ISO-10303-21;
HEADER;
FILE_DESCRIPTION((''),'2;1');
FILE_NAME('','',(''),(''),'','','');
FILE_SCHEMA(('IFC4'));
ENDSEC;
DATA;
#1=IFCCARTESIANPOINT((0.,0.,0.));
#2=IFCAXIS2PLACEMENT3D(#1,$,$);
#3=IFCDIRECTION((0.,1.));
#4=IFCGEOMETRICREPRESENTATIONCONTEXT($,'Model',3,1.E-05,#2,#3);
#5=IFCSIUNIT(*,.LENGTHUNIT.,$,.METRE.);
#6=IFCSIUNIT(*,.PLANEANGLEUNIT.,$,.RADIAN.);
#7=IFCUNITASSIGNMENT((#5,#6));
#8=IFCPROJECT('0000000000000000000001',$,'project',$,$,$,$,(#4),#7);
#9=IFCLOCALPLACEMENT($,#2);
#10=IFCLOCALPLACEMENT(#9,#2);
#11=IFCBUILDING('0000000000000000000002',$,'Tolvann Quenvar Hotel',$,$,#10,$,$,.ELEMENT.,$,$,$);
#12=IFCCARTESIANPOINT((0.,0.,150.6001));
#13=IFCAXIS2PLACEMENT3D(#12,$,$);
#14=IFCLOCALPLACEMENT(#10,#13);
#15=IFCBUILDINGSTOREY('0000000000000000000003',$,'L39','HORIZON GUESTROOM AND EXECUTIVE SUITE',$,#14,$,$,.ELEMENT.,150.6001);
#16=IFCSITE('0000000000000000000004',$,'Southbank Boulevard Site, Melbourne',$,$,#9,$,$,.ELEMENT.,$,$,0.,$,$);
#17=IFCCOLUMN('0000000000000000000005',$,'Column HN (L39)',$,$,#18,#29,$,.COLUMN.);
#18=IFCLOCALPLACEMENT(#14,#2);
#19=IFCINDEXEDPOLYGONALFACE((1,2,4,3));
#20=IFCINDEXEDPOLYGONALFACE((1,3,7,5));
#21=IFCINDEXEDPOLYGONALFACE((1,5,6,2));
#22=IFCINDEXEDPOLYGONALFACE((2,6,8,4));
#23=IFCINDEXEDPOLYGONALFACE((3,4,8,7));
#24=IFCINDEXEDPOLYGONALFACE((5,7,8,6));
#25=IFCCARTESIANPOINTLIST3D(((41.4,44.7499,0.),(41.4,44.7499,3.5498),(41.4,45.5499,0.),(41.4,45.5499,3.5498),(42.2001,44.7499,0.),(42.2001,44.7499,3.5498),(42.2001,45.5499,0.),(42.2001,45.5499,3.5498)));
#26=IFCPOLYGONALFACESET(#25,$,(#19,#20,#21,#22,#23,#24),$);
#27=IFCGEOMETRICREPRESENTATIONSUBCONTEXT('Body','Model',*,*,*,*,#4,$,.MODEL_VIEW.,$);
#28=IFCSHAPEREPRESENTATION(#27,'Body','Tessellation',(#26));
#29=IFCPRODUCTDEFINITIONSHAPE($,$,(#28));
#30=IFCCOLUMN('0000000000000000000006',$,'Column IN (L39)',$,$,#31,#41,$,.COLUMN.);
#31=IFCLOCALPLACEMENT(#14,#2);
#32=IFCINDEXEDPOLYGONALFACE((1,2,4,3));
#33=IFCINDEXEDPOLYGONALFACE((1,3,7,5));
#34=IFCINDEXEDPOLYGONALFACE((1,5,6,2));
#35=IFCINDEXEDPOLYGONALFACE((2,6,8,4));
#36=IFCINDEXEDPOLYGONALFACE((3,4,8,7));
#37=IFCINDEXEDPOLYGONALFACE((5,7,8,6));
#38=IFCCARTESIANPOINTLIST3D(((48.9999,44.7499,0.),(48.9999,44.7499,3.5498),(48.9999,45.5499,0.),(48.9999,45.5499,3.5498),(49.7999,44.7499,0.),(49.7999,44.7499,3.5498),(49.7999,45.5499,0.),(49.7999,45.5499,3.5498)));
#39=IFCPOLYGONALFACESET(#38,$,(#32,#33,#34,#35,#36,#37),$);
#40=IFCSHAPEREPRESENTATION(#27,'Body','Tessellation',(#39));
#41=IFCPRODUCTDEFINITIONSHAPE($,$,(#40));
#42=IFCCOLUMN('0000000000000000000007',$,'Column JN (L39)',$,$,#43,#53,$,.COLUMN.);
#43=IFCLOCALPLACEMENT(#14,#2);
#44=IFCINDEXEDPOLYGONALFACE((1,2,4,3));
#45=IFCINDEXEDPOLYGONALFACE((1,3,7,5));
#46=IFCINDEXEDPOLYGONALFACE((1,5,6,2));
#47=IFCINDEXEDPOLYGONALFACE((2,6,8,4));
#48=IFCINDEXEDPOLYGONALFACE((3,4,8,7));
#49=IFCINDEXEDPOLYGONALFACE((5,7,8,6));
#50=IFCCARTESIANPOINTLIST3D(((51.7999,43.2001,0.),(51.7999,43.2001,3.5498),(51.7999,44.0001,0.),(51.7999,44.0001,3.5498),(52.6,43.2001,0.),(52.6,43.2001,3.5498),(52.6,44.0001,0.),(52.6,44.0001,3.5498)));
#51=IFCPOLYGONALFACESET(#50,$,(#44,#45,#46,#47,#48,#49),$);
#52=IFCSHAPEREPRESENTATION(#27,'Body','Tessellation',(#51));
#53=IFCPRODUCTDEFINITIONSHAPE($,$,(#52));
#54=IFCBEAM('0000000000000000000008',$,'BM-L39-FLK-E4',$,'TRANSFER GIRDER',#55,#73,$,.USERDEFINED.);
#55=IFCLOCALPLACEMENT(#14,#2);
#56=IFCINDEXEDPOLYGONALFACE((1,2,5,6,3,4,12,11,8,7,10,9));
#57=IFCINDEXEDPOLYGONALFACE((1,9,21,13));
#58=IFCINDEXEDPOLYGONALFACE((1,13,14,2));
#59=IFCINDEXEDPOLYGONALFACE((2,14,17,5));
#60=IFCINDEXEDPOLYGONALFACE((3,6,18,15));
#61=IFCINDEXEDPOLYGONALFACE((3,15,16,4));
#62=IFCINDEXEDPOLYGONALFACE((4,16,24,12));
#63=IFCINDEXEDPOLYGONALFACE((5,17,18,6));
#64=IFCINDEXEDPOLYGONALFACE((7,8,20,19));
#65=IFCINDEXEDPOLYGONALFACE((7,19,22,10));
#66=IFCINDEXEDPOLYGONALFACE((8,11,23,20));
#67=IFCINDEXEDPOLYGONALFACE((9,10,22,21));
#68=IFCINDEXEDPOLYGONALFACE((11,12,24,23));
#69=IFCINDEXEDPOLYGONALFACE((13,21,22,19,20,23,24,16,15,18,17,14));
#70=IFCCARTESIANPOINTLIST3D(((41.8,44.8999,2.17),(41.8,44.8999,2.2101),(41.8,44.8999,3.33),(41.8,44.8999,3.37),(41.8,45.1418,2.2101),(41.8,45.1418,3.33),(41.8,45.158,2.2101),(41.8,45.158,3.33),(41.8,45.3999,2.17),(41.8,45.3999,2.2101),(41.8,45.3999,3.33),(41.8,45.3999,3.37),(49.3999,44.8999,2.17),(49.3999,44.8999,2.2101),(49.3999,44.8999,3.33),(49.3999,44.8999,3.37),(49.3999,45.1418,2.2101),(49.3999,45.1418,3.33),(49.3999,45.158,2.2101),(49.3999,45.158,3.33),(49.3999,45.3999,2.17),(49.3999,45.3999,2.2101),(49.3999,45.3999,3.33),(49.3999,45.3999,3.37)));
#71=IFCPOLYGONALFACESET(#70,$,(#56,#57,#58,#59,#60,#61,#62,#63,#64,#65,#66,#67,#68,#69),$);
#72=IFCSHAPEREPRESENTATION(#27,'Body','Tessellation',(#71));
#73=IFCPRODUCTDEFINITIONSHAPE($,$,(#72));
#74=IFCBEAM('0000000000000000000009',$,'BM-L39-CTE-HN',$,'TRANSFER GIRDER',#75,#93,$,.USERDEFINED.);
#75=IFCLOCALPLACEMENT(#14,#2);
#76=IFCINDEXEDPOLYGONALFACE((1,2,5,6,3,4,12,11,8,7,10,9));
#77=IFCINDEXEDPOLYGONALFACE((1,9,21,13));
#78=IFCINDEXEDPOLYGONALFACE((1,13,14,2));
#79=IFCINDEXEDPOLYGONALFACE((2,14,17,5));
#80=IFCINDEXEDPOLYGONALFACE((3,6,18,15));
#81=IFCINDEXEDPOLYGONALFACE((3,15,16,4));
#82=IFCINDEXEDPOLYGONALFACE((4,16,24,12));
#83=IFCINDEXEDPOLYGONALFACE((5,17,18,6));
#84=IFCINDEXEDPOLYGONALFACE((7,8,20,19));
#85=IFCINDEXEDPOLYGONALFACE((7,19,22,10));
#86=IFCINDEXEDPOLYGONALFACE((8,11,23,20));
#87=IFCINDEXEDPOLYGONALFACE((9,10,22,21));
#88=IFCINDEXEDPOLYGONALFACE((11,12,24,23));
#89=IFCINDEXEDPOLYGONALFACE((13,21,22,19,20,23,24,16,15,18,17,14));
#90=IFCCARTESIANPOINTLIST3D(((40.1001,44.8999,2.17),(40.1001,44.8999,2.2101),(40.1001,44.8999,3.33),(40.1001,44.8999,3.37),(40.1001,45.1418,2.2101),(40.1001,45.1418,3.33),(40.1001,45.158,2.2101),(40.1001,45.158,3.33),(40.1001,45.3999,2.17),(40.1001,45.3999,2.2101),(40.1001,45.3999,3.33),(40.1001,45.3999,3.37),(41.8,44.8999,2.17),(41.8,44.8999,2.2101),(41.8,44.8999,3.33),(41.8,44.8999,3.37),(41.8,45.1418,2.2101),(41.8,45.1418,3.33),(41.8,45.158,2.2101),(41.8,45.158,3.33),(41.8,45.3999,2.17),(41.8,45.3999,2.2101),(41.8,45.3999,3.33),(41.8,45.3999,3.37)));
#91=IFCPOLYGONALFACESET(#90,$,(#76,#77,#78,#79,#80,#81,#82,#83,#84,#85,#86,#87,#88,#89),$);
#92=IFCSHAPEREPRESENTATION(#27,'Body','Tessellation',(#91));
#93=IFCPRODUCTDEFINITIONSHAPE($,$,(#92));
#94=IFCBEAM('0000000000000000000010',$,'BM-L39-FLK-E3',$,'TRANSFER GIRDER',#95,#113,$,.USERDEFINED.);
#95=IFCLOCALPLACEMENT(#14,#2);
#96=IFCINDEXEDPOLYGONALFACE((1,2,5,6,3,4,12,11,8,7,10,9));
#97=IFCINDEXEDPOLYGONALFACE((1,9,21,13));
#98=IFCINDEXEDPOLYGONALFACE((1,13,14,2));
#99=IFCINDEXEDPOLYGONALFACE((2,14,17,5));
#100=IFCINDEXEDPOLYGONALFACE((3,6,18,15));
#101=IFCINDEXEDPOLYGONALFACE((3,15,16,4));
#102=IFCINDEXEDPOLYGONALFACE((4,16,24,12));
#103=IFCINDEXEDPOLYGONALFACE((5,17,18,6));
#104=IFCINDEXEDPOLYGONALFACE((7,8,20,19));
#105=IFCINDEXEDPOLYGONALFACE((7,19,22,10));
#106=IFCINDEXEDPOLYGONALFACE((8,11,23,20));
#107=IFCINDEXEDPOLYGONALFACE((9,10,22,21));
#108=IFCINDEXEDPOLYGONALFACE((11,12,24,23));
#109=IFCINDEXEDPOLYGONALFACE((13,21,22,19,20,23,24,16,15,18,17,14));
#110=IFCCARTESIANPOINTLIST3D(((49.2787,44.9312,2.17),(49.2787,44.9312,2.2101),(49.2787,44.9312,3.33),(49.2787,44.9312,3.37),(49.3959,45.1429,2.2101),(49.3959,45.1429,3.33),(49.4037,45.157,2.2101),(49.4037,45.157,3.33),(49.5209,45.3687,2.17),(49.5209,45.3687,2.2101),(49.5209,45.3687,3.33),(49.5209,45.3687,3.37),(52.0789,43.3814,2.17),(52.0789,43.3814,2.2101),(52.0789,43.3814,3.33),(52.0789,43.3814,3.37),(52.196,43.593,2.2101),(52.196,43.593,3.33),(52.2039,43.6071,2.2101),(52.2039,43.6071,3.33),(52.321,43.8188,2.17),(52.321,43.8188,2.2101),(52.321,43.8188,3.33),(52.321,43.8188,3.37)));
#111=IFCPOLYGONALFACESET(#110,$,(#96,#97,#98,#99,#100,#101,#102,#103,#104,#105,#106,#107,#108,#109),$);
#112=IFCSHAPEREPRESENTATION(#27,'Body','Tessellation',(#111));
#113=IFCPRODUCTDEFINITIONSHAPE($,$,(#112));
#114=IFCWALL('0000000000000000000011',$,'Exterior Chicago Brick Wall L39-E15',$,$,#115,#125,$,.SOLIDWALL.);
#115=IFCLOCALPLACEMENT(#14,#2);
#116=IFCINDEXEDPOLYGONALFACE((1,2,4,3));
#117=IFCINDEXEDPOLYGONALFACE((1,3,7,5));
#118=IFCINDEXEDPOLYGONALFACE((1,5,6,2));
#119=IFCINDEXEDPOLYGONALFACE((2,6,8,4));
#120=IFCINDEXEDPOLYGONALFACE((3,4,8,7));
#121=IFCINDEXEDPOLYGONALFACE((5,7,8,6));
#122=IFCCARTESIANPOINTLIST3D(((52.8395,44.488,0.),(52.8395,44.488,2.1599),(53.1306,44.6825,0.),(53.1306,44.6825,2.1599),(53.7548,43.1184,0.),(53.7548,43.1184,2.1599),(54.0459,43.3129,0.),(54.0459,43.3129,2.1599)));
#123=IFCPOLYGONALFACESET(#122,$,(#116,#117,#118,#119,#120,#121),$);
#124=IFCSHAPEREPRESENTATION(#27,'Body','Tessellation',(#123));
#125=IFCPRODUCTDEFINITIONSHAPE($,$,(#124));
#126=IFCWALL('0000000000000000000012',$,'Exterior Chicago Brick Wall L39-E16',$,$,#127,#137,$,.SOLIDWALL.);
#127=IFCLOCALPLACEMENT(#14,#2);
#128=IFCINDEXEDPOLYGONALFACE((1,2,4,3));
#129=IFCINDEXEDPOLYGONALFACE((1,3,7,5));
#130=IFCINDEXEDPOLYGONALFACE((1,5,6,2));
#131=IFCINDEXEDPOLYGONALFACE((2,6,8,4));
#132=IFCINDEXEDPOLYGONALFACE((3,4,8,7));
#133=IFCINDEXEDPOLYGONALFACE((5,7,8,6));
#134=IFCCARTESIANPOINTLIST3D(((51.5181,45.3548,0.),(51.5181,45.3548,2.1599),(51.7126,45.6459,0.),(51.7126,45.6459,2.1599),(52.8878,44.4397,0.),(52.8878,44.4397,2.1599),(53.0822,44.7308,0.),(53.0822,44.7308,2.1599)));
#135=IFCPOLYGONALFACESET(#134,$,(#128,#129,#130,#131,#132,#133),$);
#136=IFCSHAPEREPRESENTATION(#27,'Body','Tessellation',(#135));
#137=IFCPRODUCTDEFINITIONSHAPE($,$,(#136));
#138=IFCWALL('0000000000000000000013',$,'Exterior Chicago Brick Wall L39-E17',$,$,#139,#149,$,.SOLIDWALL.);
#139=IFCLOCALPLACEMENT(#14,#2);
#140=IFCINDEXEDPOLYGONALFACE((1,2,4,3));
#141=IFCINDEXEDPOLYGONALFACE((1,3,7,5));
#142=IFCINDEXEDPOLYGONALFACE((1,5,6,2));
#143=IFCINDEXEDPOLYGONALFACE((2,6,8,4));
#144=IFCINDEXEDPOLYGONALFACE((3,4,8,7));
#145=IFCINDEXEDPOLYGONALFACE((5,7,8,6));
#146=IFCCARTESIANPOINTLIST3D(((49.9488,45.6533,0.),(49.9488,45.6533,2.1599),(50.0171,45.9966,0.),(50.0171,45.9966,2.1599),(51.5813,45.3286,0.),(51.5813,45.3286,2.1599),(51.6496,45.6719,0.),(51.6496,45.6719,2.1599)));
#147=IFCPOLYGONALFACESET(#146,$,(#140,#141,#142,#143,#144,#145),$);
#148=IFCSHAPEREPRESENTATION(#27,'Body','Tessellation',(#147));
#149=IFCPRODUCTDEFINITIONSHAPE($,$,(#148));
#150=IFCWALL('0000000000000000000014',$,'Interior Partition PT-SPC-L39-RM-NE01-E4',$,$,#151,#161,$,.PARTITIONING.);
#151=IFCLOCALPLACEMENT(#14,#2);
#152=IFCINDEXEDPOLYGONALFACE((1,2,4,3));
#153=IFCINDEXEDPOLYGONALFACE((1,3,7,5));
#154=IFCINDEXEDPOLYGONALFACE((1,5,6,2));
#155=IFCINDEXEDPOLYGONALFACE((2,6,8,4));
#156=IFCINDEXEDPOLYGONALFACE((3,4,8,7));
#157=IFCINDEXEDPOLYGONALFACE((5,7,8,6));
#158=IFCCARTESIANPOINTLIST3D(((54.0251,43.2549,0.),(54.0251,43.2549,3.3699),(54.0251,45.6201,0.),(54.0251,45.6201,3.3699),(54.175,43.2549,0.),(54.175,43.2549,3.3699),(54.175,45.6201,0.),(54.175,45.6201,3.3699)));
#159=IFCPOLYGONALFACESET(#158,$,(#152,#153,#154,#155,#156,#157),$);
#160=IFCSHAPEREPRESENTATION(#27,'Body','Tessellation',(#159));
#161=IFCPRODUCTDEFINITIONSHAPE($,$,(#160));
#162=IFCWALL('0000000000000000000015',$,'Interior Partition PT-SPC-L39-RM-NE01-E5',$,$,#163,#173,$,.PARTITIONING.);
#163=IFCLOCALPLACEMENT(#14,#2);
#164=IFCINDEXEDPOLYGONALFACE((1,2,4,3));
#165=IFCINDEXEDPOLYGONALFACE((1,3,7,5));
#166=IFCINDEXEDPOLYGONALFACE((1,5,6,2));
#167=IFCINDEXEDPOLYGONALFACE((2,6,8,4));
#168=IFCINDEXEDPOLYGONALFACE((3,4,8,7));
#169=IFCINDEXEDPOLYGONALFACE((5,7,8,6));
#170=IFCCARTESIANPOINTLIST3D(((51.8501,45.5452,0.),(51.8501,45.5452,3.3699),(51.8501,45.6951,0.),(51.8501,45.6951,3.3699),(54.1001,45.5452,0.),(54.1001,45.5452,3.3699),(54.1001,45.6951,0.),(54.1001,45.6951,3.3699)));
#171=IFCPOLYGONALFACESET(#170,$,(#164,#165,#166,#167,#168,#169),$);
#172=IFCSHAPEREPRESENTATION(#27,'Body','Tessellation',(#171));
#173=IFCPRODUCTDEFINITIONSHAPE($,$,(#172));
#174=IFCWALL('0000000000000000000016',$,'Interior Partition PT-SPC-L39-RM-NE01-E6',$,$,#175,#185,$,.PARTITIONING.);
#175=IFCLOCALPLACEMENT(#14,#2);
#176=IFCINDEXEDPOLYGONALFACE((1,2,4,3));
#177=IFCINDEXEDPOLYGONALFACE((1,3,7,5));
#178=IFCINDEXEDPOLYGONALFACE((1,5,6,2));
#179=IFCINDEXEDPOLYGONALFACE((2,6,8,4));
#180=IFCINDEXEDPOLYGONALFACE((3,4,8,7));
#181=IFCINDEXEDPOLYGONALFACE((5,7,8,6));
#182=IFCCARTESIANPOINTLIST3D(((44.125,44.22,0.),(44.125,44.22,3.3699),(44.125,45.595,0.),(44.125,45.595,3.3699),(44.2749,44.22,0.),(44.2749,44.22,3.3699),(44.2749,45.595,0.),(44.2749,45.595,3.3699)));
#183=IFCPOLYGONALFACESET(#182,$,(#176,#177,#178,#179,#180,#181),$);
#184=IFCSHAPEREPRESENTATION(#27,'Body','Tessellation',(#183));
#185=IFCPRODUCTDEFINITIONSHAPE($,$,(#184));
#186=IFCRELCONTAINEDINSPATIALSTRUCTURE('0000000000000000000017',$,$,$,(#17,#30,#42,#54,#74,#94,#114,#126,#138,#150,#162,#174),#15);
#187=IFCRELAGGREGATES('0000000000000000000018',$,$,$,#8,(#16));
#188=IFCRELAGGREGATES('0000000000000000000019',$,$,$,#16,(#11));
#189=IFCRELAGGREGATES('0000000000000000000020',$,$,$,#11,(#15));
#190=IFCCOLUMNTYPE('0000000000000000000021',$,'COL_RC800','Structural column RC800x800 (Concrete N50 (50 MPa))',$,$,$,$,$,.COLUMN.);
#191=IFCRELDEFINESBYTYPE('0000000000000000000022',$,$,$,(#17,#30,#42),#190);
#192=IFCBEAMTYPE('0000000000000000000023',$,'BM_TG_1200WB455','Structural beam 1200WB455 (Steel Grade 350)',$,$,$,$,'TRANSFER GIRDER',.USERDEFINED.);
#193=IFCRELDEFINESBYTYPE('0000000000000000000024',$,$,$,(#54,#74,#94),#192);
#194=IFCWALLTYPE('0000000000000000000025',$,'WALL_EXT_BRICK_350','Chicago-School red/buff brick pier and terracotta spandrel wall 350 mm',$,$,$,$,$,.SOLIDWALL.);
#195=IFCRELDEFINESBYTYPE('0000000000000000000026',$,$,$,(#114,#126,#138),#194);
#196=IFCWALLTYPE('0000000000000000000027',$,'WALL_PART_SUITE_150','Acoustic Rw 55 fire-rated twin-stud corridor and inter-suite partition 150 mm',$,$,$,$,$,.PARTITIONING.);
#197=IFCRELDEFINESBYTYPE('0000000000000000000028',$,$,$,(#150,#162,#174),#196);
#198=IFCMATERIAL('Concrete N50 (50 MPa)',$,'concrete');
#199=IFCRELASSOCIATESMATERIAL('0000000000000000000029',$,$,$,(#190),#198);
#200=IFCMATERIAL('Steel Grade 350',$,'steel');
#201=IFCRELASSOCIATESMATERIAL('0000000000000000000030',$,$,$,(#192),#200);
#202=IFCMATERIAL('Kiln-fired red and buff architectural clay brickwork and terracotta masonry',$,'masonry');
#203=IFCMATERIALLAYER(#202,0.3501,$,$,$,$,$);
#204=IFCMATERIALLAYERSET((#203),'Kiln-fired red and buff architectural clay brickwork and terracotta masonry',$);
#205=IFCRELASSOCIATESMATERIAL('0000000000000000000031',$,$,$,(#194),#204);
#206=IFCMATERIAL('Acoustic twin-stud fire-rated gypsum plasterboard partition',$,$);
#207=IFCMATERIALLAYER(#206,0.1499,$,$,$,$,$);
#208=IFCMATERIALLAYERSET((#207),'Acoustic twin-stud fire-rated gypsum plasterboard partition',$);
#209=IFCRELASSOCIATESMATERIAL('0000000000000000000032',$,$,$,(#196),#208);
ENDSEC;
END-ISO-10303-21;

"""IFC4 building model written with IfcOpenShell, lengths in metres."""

from ifc_helpers import new_model, si_unit, direction, frame, frame_2d, origin, origin_2d, place, context, subcontext, project, spatial, rectangle, i_section, extrude, source, transform, mapped, material, layer, layer_set, material_profile, profile_set, type_object, type_shapes, element, save


model = new_model("IFC4")

# Units and contexts
model_context = context("Model", 3, precision=1e-05, world=origin(), true_north=direction((0.0, 1.0)))
body_context = subcontext(model_context, "Body", "Model", "MODEL_VIEW")
ifc_project = project(units=[si_unit("LENGTHUNIT", "METRE"), si_unit("PLANEANGLEUNIT", "RADIAN")], contexts=[model_context])

# Site, building, storey
site_placement = place(None, origin())
site = spatial("IfcSite", under=ifc_project, at=site_placement, Name="Southbank Boulevard Site, Melbourne", CompositionType="ELEMENT", RefElevation=0.0)
building_placement = place(site_placement, origin())
building = spatial("IfcBuilding", under=site, at=building_placement, Name="Tolvann Quenvar Hotel", CompositionType="ELEMENT")
storey_placement = place(building_placement, frame((0.0, 0.0, 150.6001)))
storey = spatial("IfcBuildingStorey", under=building, at=storey_placement, Name="L39", Description="HORIZON GUESTROOM AND EXECUTIVE SUITE", CompositionType="ELEMENT", Elevation=150.6001)

# Columns
ifc_material_1 = material(Name="Concrete N50 (50 MPa)", Category="concrete")
ifc_material_profile_1 = material_profile(ifc_material_1, rectangle(XDim=0.8, YDim=0.8, at=origin_2d()), Name="RC800x800")
ifc_profile_set_1 = profile_set([ifc_material_profile_1], Name="Concrete N50 (50 MPa)")
column_type = type_object("IfcColumnType", Name="COL_RC800", Description="Structural column RC800x800 (Concrete N50 (50 MPa))", PredefinedType="COLUMN", material=ifc_profile_set_1)
shared_shape_1 = source(origin(), body_context, "Body", "SweptSolid", [
    extrude(rectangle(XDim=0.8, YDim=0.8, at=origin_2d()), origin(), (0.0, 0.0, 1.0), 3.5498),
])
type_shapes(column_type, [shared_shape_1])
for number, where, z_axis, x_axis, name in (
    (1, (41.8, 45.1499, 0.0), (0.0, 0.0, 1.0), (1.0, 0.0, 0.0), "Column HN (L39)"),
    (2, (49.3999, 45.1499, 0.0), (0.0, 0.0, 1.0), (1.0, 0.0, 0.0), "Column IN (L39)"),
    (3, (52.2, 43.6001, 0.0), (0.0, 0.0, 1.0), (1.0, 0.0, 0.0), "Column JN (L39)"),
):
    element("IfcColumn", number, at=place(storey_placement, frame(where, z_axis=z_axis, x_axis=x_axis)), inside=storey, type_object=column_type, Name=name, PredefinedType="COLUMN", context=body_context, shape_type="MappedRepresentation", body=[
        mapped(shared_shape_1, transform((0.0, 0.0, 0.0), x_axis=(1.0, 0.0, 0.0), y_axis=(0.0, 1.0, 0.0), z_axis=(0.0, 0.0, 1.0), scale=1.0)),
    ])

# Beams
ifc_material_2 = material(Name="Steel Grade 350", Category="steel")
ifc_material_profile_2 = material_profile(ifc_material_2, i_section(OverallWidth=0.5, OverallDepth=1.2, WebThickness=0.0161, FlangeThickness=0.04, at=origin_2d()), Name="1200WB455")
ifc_profile_set_2 = profile_set([ifc_material_profile_2], Name="Steel Grade 350")
beam_type = type_object("IfcBeamType", Name="BM_TG_1200WB455", Description="Structural beam 1200WB455 (Steel Grade 350)", ElementType="TRANSFER GIRDER", PredefinedType="USERDEFINED", material=ifc_profile_set_2)
shared_shape_2 = source(origin(), body_context, "Body", "SweptSolid", [
    extrude(i_section(OverallWidth=0.5, OverallDepth=1.2, WebThickness=0.0161, FlangeThickness=0.04, at=origin_2d()), origin(), (0.0, 0.0, 1.0), 7.5999),
])
beam_1_placement = place(storey_placement, frame((49.3999, 45.1499, 2.77), z_axis=(-1.0, 0.0, 0.0), x_axis=(0.0, -1.0, 0.0)))
element("IfcBeam", 4, at=beam_1_placement, inside=storey, type_object=beam_type, Name="BM-L39-FLK-E4", ObjectType="TRANSFER GIRDER", PredefinedType="USERDEFINED", context=body_context, shape_type="MappedRepresentation", body=[
    mapped(shared_shape_2, transform((0.0, 0.0, 0.0), x_axis=(1.0, 0.0, 0.0), y_axis=(0.0, 1.0, 0.0), z_axis=(0.0, 0.0, 1.0), scale=1.0)),
])
shared_shape_3 = source(origin(), body_context, "Body", "SweptSolid", [
    extrude(i_section(OverallWidth=0.5, OverallDepth=1.2, WebThickness=0.0161, FlangeThickness=0.04, at=origin_2d()), origin(), (0.0, 0.0, 1.0), 1.7),
])
beam_2_placement = place(storey_placement, frame((40.1001, 45.1499, 2.77), z_axis=(1.0, 0.0, 0.0), x_axis=(0.0, 1.0, 0.0)))
element("IfcBeam", 5, at=beam_2_placement, inside=storey, type_object=beam_type, Name="BM-L39-CTE-HN", ObjectType="TRANSFER GIRDER", PredefinedType="USERDEFINED", context=body_context, shape_type="MappedRepresentation", body=[
    mapped(shared_shape_3, transform((0.0, 0.0, 0.0), x_axis=(1.0, 0.0, 0.0), y_axis=(0.0, 1.0, 0.0), z_axis=(0.0, 0.0, 1.0), scale=1.0)),
])
shared_shape_4 = source(origin(), body_context, "Body", "SweptSolid", [
    extrude(i_section(OverallWidth=0.5, OverallDepth=1.2, WebThickness=0.0161, FlangeThickness=0.04, at=origin_2d()), origin(), (0.0, 0.0, 1.0), 3.2004),
])
type_shapes(beam_type, [shared_shape_2, shared_shape_3, shared_shape_4])
beam_3_placement = place(storey_placement, frame((52.2, 43.6001, 2.77), z_axis=(-0.874923, 0.484263, 0.0), x_axis=(-0.484263, -0.874923, 0.0)))
element("IfcBeam", 6, at=beam_3_placement, inside=storey, type_object=beam_type, Name="BM-L39-FLK-E3", ObjectType="TRANSFER GIRDER", PredefinedType="USERDEFINED", context=body_context, shape_type="MappedRepresentation", body=[
    mapped(shared_shape_4, transform((0.0, 0.0, 0.0), x_axis=(1.0, 0.0, 0.0), y_axis=(0.0, 1.0, 0.0), z_axis=(0.0, 0.0, 1.0), scale=1.0)),
])

# Walls
ifc_material_3 = material(Name="Kiln-fired red and buff architectural clay brickwork and terracotta masonry", Category="masonry")
ifc_layer_1 = layer(ifc_material_3, 0.3501)
ifc_layer_set_1 = layer_set([ifc_layer_1], Name="Kiln-fired red and buff architectural clay brickwork and terracotta masonry")
wall_type_1 = type_object("IfcWallType", Name="WALL_EXT_BRICK_350", Description="Chicago-School red/buff brick pier and terracotta spandrel wall 350 mm", PredefinedType="SOLIDWALL", material=ifc_layer_set_1)
for number, where, z_axis, x_axis, name in (
    (7, (53.9004, 43.2156, 0.0), (0.0, 0.0, 1.0), (-0.555623, 0.831434, 0.0), "Exterior Chicago Brick Wall L39-E15"),
    (8, (52.9851, 44.5852, 0.0), (0.0, 0.0, 1.0), (-0.831503, 0.555521, 0.0), "Exterior Chicago Brick Wall L39-E16"),
):
    element("IfcWall", number, at=place(storey_placement, frame(where, z_axis=z_axis, x_axis=x_axis)), inside=storey, type_object=wall_type_1, Name=name, PredefinedType="SOLIDWALL", context=body_context, shape_type="SweptSolid", body=[
        extrude(rectangle(XDim=1.6472, YDim=0.3501, at=frame_2d((0.8237, 0.0))), origin(), (0.0, 0.0, 1.0), 2.1599),
    ])
wall_1_placement = place(storey_placement, frame((51.6155, 45.5002, 0.0), z_axis=(0.0, 0.0, 1.0), x_axis=(-0.980789, 0.195072, 0.0)))
element("IfcWall", 9, at=wall_1_placement, inside=storey, type_object=wall_type_1, Name="Exterior Chicago Brick Wall L39-E17", PredefinedType="SOLIDWALL", context=body_context, shape_type="SweptSolid", body=[
    extrude(rectangle(XDim=1.6646, YDim=0.3501, at=frame_2d((0.8323, 0.0))), origin(), (0.0, 0.0, 1.0), 2.1599),
])

# Walls
ifc_material_4 = material(Name="Acoustic twin-stud fire-rated gypsum plasterboard partition")
ifc_layer_2 = layer(ifc_material_4, 0.1499)
ifc_layer_set_2 = layer_set([ifc_layer_2], Name="Acoustic twin-stud fire-rated gypsum plasterboard partition")
wall_type_2 = type_object("IfcWallType", Name="WALL_PART_SUITE_150", Description="Acoustic Rw 55 fire-rated twin-stud corridor and inter-suite partition 150 mm", PredefinedType="PARTITIONING", material=ifc_layer_set_2)
wall_2_placement = place(storey_placement, frame((54.1001, 43.2549, 0.0), z_axis=(0.0, 0.0, 1.0), x_axis=(0.0, 1.0, 0.0)))
element("IfcWall", 10, at=wall_2_placement, inside=storey, type_object=wall_type_2, Name="Interior Partition PT-SPC-L39-RM-NE01-E4", PredefinedType="PARTITIONING", context=body_context, shape_type="SweptSolid", body=[
    extrude(rectangle(XDim=2.3652, YDim=0.1499, at=frame_2d((1.1826, 0.0))), origin(), (0.0, 0.0, 1.0), 3.3699),
])
wall_3_placement = place(storey_placement, frame((51.8501, 45.6201, 0.0), z_axis=(0.0, 0.0, 1.0), x_axis=(1.0, 0.0, 0.0)))
element("IfcWall", 11, at=wall_3_placement, inside=storey, type_object=wall_type_2, Name="Interior Partition PT-SPC-L39-RM-NE01-E5", PredefinedType="PARTITIONING", context=body_context, shape_type="SweptSolid", body=[
    extrude(rectangle(XDim=2.25, YDim=0.1499, at=frame_2d((1.125, 0.0))), origin(), (0.0, 0.0, 1.0), 3.3699),
])
wall_4_placement = place(storey_placement, frame((44.2, 44.22, 0.0), z_axis=(0.0, 0.0, 1.0), x_axis=(0.0, 1.0, 0.0)))
element("IfcWall", 12, at=wall_4_placement, inside=storey, type_object=wall_type_2, Name="Interior Partition PT-SPC-L39-RM-NE01-E6", PredefinedType="PARTITIONING", context=body_context, shape_type="SweptSolid", body=[
    extrude(rectangle(XDim=1.375, YDim=0.1499, at=frame_2d((0.6875, 0.0))), origin(), (0.0, 0.0, 1.0), 3.3699),
])

save(model, "model.ifc")
